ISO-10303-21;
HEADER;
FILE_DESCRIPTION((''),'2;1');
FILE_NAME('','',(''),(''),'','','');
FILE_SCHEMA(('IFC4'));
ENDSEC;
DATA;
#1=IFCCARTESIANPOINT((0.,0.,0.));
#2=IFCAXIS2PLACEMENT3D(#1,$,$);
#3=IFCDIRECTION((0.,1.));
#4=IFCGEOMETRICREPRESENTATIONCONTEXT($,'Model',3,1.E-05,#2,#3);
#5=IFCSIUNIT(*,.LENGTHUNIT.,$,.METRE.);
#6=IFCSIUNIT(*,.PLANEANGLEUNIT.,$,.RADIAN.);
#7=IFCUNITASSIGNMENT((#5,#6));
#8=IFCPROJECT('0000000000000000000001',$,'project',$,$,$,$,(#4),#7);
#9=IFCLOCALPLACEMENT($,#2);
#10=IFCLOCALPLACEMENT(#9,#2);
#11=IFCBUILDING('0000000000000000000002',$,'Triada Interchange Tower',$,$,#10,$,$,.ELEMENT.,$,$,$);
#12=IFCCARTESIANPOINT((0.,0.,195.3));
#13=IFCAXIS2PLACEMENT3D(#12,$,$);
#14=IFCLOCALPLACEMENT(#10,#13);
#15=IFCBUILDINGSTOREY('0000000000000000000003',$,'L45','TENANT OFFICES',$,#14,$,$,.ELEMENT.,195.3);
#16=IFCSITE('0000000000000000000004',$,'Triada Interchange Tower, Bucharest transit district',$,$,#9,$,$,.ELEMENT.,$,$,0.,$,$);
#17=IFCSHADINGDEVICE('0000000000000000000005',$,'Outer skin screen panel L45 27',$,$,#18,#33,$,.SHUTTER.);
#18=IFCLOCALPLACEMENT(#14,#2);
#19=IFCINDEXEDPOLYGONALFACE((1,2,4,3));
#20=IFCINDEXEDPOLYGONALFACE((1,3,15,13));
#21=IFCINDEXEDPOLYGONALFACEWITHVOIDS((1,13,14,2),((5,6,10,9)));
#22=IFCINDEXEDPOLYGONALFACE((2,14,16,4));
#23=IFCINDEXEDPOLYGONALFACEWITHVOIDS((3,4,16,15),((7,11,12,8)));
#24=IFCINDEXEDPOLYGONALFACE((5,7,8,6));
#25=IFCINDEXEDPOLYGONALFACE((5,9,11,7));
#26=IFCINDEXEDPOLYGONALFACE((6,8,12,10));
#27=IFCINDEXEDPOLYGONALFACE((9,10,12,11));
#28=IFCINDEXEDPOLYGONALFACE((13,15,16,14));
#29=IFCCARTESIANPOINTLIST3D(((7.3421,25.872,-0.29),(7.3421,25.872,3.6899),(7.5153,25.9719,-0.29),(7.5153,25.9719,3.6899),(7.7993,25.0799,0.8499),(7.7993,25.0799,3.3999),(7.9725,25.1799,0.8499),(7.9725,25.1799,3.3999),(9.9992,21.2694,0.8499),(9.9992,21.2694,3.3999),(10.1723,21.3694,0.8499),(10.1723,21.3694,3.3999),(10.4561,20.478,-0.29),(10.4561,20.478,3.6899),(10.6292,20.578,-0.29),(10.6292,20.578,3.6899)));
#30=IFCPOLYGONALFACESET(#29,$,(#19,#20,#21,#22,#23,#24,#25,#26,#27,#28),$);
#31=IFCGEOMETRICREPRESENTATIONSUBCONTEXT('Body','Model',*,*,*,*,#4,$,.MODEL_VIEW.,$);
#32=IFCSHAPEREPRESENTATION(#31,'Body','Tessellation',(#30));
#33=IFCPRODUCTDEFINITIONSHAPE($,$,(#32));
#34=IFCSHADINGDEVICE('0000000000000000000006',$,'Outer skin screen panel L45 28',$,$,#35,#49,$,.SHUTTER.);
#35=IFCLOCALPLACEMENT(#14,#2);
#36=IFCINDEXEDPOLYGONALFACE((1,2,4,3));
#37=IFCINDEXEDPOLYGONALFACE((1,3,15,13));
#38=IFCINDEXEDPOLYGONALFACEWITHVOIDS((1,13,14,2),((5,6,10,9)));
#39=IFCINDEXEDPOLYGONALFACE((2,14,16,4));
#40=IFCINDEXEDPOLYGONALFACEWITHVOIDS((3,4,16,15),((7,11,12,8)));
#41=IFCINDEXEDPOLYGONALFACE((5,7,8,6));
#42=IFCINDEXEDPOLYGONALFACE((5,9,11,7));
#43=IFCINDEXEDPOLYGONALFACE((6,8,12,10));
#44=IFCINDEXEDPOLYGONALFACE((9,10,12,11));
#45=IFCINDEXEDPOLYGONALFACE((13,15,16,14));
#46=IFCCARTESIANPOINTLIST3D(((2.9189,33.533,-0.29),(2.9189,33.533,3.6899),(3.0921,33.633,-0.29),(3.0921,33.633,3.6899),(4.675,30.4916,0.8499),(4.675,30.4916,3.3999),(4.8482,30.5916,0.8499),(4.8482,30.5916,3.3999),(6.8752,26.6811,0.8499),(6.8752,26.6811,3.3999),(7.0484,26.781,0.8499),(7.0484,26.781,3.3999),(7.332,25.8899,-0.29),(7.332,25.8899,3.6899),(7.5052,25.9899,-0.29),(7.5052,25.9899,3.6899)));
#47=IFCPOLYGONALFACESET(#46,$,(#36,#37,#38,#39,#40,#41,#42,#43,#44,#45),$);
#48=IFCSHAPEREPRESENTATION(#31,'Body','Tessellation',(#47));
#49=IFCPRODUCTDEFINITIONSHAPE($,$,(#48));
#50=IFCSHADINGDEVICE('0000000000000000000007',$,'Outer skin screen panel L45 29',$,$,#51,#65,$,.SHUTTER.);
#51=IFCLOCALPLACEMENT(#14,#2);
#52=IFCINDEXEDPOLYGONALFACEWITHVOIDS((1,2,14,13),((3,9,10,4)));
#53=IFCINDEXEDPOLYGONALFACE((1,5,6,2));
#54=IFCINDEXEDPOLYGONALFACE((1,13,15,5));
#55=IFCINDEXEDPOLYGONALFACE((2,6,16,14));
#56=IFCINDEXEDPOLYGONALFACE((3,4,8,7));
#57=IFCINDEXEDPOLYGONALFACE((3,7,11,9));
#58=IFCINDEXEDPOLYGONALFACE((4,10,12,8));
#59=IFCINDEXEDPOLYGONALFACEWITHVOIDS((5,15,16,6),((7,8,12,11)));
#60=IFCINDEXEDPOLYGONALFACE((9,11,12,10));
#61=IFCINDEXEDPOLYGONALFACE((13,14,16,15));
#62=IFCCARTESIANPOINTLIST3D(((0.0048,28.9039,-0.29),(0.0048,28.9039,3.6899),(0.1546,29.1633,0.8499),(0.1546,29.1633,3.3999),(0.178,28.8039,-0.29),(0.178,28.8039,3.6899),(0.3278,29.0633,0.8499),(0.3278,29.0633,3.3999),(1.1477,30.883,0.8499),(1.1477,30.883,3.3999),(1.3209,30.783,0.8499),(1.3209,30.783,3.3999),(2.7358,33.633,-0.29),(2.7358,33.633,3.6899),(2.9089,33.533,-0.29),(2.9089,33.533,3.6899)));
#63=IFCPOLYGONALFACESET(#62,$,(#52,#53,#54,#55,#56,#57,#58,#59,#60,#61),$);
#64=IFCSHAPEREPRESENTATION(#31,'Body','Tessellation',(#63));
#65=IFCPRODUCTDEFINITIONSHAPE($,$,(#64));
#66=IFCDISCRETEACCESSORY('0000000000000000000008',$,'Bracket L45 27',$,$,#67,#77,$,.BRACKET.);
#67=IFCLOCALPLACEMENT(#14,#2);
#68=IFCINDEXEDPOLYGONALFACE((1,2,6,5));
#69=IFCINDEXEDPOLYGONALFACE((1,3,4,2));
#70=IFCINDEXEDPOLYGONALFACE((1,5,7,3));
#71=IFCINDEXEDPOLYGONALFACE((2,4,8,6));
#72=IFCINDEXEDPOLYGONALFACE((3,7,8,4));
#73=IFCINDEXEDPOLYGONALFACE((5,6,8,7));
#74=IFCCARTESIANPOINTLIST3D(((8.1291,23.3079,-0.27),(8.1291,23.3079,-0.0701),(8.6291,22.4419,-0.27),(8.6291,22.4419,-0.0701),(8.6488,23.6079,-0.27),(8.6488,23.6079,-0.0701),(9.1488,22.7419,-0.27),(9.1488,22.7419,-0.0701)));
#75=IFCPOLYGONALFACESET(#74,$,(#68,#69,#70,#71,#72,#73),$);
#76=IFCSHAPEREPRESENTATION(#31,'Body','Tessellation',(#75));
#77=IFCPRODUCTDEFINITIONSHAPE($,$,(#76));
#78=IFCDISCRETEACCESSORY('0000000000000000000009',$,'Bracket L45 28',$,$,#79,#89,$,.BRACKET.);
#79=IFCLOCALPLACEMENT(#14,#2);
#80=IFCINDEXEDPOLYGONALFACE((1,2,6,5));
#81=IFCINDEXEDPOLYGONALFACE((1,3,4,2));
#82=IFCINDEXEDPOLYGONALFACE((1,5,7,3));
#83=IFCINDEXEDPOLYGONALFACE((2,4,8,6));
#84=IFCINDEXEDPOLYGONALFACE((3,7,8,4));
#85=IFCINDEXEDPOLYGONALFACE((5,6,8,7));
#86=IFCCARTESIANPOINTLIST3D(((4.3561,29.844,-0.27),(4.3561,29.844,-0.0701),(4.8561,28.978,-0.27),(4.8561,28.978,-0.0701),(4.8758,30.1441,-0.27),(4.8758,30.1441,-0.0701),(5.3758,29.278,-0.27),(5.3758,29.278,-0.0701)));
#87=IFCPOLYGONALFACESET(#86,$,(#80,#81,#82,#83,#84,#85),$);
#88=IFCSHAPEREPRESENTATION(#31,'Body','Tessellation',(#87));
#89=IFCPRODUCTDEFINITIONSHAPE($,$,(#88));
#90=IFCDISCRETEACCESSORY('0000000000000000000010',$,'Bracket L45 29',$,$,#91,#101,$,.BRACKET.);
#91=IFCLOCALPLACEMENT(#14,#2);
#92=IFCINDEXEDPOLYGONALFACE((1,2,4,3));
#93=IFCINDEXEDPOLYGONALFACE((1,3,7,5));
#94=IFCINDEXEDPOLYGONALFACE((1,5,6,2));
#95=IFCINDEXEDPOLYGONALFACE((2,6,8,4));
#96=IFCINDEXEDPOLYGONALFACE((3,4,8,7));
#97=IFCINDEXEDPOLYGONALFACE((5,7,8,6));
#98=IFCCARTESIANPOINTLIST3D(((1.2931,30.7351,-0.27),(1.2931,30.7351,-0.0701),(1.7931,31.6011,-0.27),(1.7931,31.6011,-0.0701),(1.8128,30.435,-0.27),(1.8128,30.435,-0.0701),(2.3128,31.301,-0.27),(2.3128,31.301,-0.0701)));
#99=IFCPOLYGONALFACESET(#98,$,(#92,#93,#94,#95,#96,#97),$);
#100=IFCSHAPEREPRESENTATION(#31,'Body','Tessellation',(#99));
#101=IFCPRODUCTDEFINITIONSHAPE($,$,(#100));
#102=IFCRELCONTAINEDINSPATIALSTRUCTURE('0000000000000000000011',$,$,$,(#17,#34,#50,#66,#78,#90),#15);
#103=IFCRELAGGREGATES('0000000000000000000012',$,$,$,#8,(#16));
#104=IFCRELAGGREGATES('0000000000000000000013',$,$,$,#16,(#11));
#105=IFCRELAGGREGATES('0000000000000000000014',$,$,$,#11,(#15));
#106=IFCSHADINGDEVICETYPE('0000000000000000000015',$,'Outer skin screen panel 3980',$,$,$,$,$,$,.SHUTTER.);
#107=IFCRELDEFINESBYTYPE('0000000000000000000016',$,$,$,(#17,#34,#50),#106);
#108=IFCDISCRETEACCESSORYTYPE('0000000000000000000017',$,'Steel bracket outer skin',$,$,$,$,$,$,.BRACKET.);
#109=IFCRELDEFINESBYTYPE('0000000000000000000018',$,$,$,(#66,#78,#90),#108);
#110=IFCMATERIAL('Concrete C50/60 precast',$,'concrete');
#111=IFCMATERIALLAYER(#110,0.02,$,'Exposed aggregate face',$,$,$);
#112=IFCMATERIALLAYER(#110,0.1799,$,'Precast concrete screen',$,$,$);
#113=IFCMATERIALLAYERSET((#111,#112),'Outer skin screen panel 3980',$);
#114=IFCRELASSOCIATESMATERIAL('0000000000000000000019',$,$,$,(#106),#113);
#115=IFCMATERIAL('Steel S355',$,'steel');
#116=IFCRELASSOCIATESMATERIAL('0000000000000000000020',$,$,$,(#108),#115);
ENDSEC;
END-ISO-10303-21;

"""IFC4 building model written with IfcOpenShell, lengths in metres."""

from ifc_helpers import new_model, si_unit, direction, frame, origin, origin_2d, place, context, subcontext, project, spatial, polyline, rectangle, outline, extrude, material, layer, layer_set, type_object, element, save


model = new_model("IFC4")

# Units and contexts
model_context = context("Model", 3, precision=1e-05, world=origin(), true_north=direction((0.0, 1.0)))
body_context = subcontext(model_context, "Body", "Model", "MODEL_VIEW")
ifc_project = project(units=[si_unit("LENGTHUNIT", "METRE"), si_unit("PLANEANGLEUNIT", "RADIAN")], contexts=[model_context])

# Site, building, storey
site_placement = place(None, origin())
site = spatial("IfcSite", under=ifc_project, at=site_placement, Name="Triada Interchange Tower, Bucharest transit district", CompositionType="ELEMENT", RefElevation=0.0)
building_placement = place(site_placement, origin())
building = spatial("IfcBuilding", under=site, at=building_placement, Name="Triada Interchange Tower", CompositionType="ELEMENT")
storey_placement = place(building_placement, frame((0.0, 0.0, 195.3)))
storey = spatial("IfcBuildingStorey", under=building, at=storey_placement, Name="L45", Description="TENANT OFFICES", CompositionType="ELEMENT", Elevation=195.3)

# Shading devices
ifc_material_1 = material(Name="Concrete C50/60 precast", Category="concrete")
ifc_layer_1 = layer(ifc_material_1, 0.02, Name="Exposed aggregate face")
ifc_layer_2 = layer(ifc_material_1, 0.1799, Name="Precast concrete screen")
ifc_layer_set_1 = layer_set([ifc_layer_1, ifc_layer_2], Name="Outer skin screen panel 3980")
shading_device_type = type_object("IfcShadingDeviceType", Name="Outer skin screen panel 3980", PredefinedType="SHUTTER", material=ifc_layer_set_1)
shading_device_1_placement = place(storey_placement, frame((10.4561, 20.478, -0.29), z_axis=(0.0, 0.0, 1.0), x_axis=(-0.499971, 0.866042, 0.0)))
element("IfcShadingDevice", 1, at=shading_device_1_placement, inside=storey, type_object=shading_device_type, Name="Outer skin screen panel L45 27", PredefinedType="SHUTTER", context=body_context, shape_type="SweptSolid", body=[
    extrude(outline(polyline([(0.0, 0.0), (6.2283, 0.0), (6.2283, 3.98), (0.0, 3.98), (0.0, 0.0)]), holes=[polyline([(0.9138, 1.1399), (0.9138, 3.6899), (5.3137, 3.6899), (5.3137, 1.1399), (0.9138, 1.1399)])]), frame((0.0, 0.0, 0.0), z_axis=(0.0, -1.0, 0.0), x_axis=(1.0, 0.0, 0.0)), (0.0, 0.0, 1.0), 0.2),
])
shading_device_2_placement = place(storey_placement, frame((7.332, 25.8899, -0.29), z_axis=(0.0, 0.0, 1.0), x_axis=(-0.500031, 0.866008, 0.0)))
element("IfcShadingDevice", 2, at=shading_device_2_placement, inside=storey, type_object=shading_device_type, Name="Outer skin screen panel L45 28", PredefinedType="SHUTTER", context=body_context, shape_type="SweptSolid", body=[
    extrude(outline(polyline([(0.0, 0.0), (8.8257, 0.0), (8.8257, 3.98), (0.0, 3.98), (0.0, 0.0)]), holes=[polyline([(0.9136, 1.1399), (0.9136, 3.6899), (5.3137, 3.6899), (5.3137, 1.1399), (0.9136, 1.1399)])]), frame((0.0, 0.0, 0.0), z_axis=(0.0, -1.0, 0.0), x_axis=(1.0, 0.0, 0.0)), (0.0, 0.0, 1.0), 0.2),
])
shading_device_3_placement = place(storey_placement, frame((2.9089, 33.533, -0.29), z_axis=(0.0, 0.0, 1.0), x_axis=(-0.500091, -0.865973, 0.0)))
element("IfcShadingDevice", 3, at=shading_device_3_placement, inside=storey, type_object=shading_device_type, Name="Outer skin screen panel L45 29", PredefinedType="SHUTTER", context=body_context, shape_type="SweptSolid", body=[
    extrude(outline(polyline([(0.0, 0.0), (5.4609, 0.0), (5.4609, 3.98), (0.0, 3.98), (0.0, 0.0)]), holes=[polyline([(3.1755, 1.1399), (3.1755, 3.6899), (5.1614, 3.6899), (5.1614, 1.1399), (3.1755, 1.1399)])]), frame((0.0, 0.0, 0.0), z_axis=(0.0, -1.0, 0.0), x_axis=(1.0, 0.0, 0.0)), (0.0, 0.0, 1.0), 0.2),
])

# Discrete accessories
ifc_material_2 = material(Name="Steel S355", Category="steel")
discrete_accessory_type = type_object("IfcDiscreteAccessoryType", Name="Steel bracket outer skin", PredefinedType="BRACKET", material=ifc_material_2)
for number, where, z_axis, x_axis, name in (
    (4, (8.6389, 23.0249, -0.27), (0.0, 0.0, 1.0), (0.866023, 0.500003, 0.0), "Bracket L45 27"),
    (5, (4.866, 29.561, -0.27), (0.0, 0.0, 1.0), (0.866023, 0.500003, 0.0), "Bracket L45 28"),
    (6, (1.803, 31.0181, -0.27), (0.0, 0.0, 1.0), (-0.866017, 0.500015, 0.0), "Bracket L45 29"),
):
    element("IfcDiscreteAccessory", number, at=place(storey_placement, frame(where, z_axis=z_axis, x_axis=x_axis)), inside=storey, type_object=discrete_accessory_type, Name=name, PredefinedType="BRACKET", context=body_context, shape_type="SweptSolid", body=[
        extrude(rectangle(XDim=0.6001, YDim=1.0, at=origin_2d()), origin(), (0.0, 0.0, 1.0), 0.2),
    ])

save(model, "model.ifc")
